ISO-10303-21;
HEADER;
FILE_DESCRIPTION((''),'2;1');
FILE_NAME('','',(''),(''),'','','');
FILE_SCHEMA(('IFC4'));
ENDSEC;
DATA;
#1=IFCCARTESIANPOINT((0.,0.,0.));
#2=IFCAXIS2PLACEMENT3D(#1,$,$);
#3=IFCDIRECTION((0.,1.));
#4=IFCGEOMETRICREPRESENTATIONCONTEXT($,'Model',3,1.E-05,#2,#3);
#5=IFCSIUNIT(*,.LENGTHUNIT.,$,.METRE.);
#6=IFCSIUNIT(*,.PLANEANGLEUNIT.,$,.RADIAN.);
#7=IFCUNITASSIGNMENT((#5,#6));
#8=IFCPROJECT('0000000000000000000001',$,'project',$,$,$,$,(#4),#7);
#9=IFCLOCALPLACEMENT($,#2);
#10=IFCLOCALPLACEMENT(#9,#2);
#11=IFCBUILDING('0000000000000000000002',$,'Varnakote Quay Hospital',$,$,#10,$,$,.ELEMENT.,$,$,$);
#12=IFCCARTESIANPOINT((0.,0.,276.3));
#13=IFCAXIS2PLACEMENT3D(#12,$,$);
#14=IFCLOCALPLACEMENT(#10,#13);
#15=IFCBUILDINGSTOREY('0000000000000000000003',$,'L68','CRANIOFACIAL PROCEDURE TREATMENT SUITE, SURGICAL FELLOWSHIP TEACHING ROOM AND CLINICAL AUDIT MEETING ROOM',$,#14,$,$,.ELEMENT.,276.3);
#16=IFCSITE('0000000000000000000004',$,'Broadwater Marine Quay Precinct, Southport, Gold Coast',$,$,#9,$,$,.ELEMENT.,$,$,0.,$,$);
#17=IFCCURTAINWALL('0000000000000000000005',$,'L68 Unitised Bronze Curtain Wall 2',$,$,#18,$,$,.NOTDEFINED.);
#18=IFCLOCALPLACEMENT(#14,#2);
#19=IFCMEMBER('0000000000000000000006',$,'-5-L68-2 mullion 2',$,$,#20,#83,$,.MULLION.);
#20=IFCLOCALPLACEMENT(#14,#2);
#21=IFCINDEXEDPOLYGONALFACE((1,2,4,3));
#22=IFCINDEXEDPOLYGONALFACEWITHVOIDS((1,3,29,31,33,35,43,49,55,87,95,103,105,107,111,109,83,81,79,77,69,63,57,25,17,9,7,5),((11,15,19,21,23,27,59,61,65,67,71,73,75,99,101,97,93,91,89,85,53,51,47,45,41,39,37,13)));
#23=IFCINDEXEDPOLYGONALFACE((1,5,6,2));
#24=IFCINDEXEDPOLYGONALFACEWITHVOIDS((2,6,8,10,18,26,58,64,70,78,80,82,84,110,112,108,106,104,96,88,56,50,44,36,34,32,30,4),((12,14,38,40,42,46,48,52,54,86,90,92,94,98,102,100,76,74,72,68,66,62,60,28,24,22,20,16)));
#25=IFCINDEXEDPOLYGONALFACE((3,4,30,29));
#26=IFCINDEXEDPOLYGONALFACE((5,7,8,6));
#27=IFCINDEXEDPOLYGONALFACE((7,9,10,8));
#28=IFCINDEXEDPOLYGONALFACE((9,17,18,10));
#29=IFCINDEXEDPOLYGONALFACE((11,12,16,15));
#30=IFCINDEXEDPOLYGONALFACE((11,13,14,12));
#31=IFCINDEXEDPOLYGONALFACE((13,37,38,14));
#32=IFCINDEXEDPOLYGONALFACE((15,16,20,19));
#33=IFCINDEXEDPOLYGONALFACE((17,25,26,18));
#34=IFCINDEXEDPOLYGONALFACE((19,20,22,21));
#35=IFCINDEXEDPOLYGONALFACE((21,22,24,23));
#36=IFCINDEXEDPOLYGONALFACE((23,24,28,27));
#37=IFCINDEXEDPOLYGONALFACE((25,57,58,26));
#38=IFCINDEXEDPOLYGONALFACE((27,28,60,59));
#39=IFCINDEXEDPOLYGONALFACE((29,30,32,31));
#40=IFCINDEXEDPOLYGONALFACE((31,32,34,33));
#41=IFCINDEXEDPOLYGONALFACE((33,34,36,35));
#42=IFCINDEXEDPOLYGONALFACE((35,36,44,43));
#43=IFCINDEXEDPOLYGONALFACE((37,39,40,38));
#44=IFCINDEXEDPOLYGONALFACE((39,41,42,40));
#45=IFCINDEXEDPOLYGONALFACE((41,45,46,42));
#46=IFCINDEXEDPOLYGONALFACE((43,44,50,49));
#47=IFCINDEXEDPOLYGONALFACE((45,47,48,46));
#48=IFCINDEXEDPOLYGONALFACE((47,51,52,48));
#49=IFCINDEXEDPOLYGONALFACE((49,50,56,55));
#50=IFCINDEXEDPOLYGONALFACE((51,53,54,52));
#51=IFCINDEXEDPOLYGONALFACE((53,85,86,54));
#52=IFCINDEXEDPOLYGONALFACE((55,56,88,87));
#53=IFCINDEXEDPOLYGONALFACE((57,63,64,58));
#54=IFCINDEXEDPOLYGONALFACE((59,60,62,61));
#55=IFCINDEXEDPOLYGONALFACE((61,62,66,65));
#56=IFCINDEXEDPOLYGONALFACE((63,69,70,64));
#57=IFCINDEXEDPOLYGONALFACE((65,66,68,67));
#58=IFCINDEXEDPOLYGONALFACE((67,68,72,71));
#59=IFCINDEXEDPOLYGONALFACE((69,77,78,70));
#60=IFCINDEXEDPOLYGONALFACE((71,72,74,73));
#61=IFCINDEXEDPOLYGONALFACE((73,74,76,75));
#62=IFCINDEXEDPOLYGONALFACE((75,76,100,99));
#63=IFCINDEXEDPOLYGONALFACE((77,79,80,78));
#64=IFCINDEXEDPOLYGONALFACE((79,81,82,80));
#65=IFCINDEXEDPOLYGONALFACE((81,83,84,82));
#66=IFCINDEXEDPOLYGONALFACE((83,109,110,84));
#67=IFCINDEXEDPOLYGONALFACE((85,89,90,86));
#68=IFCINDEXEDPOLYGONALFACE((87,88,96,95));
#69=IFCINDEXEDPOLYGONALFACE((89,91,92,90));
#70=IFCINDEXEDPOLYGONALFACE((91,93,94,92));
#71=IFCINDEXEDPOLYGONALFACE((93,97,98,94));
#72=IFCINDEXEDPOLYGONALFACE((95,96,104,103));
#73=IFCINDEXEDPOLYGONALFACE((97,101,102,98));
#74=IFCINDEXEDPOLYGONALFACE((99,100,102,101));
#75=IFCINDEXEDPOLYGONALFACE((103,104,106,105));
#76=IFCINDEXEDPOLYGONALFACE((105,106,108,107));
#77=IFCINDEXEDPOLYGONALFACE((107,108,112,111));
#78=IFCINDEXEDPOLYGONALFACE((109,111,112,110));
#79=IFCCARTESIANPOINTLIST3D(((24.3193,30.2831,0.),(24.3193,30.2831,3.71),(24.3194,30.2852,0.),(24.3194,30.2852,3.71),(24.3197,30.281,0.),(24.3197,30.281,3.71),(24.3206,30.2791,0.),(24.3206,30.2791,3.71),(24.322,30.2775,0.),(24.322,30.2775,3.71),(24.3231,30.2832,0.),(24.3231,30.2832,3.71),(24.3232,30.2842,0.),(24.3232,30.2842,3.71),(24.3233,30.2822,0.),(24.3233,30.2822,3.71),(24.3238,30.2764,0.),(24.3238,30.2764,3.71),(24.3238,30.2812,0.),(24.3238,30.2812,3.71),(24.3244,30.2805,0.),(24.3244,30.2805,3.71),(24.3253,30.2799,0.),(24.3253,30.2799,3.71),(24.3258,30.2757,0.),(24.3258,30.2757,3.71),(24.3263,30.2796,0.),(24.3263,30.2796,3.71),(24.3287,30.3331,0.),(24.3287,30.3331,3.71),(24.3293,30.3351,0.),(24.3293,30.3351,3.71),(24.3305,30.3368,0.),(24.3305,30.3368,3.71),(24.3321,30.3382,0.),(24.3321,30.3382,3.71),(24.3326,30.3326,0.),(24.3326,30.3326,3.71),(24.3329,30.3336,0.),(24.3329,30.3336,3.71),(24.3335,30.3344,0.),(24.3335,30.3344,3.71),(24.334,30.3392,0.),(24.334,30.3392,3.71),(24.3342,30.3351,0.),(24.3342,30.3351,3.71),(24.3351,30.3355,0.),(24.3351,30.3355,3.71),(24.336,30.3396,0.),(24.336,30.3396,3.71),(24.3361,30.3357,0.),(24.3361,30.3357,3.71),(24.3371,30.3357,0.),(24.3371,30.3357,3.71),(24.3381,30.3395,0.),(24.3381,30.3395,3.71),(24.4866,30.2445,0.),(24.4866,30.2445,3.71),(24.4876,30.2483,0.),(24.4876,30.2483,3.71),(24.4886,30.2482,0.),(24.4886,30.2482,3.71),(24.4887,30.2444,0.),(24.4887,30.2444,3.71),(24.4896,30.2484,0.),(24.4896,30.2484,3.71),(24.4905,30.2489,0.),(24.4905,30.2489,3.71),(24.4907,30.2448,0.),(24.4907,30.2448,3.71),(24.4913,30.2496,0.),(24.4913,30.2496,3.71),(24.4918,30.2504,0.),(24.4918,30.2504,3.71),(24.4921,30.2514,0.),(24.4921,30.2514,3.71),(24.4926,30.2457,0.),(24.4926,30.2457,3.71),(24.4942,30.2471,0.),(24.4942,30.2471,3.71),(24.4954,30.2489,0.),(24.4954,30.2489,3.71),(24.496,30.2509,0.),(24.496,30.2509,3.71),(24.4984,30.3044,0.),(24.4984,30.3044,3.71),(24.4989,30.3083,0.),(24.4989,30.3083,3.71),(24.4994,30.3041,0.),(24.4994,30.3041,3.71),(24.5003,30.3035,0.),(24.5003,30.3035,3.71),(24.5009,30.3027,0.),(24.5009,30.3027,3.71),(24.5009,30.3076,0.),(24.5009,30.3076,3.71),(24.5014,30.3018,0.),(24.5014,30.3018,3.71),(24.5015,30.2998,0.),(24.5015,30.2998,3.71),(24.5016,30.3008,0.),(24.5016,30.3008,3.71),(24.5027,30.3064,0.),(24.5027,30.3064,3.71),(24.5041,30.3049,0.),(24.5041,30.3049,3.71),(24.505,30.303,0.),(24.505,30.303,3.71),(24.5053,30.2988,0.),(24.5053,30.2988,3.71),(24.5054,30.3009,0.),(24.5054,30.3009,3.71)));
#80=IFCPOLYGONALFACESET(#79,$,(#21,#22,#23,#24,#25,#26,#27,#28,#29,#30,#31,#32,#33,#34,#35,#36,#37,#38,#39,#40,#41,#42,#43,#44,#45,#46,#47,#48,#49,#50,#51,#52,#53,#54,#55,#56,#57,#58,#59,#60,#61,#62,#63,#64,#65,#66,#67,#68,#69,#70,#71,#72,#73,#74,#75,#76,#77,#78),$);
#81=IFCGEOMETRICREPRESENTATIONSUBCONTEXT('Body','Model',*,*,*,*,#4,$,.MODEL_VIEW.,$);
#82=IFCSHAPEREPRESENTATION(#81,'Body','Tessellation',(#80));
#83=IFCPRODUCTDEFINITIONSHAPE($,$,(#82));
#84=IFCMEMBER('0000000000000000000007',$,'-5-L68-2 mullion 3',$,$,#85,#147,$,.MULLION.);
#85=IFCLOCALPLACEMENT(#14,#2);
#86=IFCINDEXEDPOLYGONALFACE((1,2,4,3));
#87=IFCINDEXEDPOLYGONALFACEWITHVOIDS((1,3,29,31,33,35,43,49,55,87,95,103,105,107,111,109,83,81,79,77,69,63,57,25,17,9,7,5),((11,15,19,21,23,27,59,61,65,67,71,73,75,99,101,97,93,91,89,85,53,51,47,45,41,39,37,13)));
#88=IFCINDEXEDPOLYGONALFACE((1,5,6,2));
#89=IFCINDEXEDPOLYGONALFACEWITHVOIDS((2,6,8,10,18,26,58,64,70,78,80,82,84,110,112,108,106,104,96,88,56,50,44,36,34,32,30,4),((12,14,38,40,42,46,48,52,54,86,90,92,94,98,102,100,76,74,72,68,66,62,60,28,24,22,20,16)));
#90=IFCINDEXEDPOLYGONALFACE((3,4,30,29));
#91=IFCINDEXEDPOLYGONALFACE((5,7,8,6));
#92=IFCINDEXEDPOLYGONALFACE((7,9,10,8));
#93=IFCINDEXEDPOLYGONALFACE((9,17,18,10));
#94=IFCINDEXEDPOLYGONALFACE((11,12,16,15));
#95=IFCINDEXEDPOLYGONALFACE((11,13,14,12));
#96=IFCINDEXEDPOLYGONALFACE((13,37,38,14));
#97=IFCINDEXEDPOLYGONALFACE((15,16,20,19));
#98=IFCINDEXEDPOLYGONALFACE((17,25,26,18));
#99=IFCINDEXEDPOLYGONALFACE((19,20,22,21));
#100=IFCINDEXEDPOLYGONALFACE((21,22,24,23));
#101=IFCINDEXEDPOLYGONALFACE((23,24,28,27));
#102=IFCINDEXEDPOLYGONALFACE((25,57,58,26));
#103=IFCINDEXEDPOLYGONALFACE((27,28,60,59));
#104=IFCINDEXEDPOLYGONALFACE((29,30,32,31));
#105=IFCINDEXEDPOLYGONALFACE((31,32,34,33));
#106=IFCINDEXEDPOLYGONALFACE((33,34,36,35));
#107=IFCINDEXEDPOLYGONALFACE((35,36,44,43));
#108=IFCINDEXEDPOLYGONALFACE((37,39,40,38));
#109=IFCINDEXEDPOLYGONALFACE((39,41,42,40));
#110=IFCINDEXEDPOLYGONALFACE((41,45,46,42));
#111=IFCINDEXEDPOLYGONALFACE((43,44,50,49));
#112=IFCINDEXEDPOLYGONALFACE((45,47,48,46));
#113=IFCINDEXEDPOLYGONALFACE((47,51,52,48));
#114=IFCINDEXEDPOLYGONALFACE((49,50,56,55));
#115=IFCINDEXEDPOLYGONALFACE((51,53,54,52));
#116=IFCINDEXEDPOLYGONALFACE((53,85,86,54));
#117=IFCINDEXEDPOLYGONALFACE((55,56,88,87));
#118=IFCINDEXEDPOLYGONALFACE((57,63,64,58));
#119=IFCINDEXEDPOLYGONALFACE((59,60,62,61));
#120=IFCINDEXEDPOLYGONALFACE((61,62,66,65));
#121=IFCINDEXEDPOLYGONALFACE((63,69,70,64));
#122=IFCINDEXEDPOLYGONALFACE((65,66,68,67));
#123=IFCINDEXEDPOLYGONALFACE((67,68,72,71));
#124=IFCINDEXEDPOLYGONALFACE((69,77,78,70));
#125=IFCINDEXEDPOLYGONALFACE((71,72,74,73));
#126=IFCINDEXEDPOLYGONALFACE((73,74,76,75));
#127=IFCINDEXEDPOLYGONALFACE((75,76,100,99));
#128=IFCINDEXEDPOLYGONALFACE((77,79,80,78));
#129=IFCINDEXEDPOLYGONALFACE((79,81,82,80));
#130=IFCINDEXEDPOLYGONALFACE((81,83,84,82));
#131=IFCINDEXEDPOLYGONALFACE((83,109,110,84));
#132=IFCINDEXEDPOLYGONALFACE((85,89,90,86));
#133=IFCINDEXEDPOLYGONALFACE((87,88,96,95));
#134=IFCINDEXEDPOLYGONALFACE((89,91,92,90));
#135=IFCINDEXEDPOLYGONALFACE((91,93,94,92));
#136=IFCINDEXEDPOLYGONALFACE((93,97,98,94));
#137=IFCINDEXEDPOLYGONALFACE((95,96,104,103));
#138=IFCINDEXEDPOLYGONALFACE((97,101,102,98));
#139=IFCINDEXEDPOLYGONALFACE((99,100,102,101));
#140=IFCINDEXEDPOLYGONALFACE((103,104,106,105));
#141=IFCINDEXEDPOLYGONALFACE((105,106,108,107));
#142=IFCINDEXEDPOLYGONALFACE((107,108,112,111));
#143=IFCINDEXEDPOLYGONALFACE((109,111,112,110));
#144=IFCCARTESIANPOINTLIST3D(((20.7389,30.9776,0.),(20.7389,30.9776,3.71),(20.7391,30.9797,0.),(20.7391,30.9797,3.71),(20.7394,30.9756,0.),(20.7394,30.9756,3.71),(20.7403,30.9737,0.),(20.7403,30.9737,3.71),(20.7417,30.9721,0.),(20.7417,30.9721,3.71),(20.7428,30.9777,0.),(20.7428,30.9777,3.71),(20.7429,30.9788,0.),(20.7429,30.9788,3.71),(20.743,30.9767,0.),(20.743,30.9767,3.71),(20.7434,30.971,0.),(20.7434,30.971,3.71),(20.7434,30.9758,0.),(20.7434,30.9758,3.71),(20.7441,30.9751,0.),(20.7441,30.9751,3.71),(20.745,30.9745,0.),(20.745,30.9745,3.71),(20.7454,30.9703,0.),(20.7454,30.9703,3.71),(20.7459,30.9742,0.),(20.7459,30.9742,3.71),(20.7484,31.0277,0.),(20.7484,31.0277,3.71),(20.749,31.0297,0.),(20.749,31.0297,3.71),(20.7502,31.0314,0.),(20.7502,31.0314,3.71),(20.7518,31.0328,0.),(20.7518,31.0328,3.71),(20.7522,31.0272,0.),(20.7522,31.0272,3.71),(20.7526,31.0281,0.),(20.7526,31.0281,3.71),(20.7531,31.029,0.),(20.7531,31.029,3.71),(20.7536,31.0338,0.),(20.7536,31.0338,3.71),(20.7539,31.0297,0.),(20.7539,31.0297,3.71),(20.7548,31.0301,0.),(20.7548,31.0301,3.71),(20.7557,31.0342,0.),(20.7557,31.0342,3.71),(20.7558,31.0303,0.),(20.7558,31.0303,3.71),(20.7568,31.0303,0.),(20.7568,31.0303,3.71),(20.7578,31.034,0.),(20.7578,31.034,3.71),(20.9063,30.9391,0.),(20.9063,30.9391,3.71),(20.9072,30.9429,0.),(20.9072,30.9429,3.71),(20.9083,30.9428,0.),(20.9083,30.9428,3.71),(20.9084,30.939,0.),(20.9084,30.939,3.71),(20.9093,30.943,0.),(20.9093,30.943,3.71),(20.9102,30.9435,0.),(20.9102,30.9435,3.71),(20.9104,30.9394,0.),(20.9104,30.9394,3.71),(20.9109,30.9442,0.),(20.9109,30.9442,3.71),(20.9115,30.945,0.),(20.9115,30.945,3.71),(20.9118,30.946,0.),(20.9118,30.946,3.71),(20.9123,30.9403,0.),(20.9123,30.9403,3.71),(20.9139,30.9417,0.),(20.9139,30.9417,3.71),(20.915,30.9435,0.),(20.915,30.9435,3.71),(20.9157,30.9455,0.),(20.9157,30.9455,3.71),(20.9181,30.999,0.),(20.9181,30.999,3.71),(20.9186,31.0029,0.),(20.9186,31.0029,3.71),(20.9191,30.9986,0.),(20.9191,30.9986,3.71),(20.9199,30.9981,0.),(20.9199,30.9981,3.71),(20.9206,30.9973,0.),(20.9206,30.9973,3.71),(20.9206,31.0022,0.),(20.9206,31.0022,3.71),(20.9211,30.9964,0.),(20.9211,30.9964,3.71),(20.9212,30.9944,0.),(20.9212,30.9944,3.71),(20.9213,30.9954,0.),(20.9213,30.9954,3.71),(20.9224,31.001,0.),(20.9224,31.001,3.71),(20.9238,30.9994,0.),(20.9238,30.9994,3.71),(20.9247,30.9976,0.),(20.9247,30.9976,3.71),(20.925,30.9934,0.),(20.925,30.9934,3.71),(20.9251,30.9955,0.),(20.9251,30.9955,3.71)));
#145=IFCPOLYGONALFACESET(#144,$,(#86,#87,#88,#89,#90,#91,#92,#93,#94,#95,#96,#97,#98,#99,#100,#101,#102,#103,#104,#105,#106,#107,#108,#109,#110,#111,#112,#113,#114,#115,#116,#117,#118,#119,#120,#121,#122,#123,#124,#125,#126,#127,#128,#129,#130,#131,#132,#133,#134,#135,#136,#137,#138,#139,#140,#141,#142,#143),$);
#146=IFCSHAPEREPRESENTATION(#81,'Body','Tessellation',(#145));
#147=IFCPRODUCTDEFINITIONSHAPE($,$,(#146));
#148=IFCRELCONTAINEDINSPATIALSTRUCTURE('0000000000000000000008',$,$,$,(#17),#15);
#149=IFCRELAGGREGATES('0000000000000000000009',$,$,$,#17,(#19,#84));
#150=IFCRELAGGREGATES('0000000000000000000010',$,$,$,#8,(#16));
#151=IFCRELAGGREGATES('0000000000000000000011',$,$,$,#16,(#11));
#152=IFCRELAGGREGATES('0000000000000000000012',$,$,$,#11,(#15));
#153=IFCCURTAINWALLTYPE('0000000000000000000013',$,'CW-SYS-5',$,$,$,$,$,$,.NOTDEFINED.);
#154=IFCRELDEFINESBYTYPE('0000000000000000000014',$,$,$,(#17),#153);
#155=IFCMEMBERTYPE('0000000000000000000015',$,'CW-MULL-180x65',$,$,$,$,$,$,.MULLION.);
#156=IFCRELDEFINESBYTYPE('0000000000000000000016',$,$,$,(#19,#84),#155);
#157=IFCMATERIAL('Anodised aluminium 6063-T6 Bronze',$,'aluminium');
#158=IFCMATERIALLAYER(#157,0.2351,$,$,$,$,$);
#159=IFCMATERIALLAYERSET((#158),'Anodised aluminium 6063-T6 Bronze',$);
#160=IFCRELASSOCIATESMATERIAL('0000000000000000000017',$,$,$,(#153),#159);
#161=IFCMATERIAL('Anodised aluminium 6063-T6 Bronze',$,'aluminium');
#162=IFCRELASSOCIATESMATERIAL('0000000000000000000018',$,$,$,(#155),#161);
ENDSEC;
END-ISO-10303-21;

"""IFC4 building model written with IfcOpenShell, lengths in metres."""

from ifc_helpers import new_model, si_unit, direction, frame, origin, origin_2d, place, context, subcontext, project, spatial, hollow_rectangle, extrude, material, layer, layer_set, material_profile, profile_set, type_object, element, aggregate, save


model = new_model("IFC4")

# Units and contexts
model_context = context("Model", 3, precision=1e-05, world=origin(), true_north=direction((0.0, 1.0)))
body_context = subcontext(model_context, "Body", "Model", "MODEL_VIEW")
ifc_project = project(units=[si_unit("LENGTHUNIT", "METRE"), si_unit("PLANEANGLEUNIT", "RADIAN")], contexts=[model_context])

# Site, building, storey
site_placement = place(None, origin())
site = spatial("IfcSite", under=ifc_project, at=site_placement, Name="Broadwater Marine Quay Precinct, Southport, Gold Coast", CompositionType="ELEMENT", RefElevation=0.0)
building_placement = place(site_placement, origin())
building = spatial("IfcBuilding", under=site, at=building_placement, Name="Varnakote Quay Hospital", CompositionType="ELEMENT")
storey_placement = place(building_placement, frame((0.0, 0.0, 276.3)))
storey = spatial("IfcBuildingStorey", under=building, at=storey_placement, Name="L68", Description="CRANIOFACIAL PROCEDURE TREATMENT SUITE, SURGICAL FELLOWSHIP TEACHING ROOM AND CLINICAL AUDIT MEETING ROOM", CompositionType="ELEMENT", Elevation=276.3)

# Shared definitions
ifc_material_1 = material(Name="Anodised aluminium 6063-T6 Bronze", Category="aluminium")
ifc_layer_1 = layer(ifc_material_1, 0.2351)
ifc_layer_set_1 = layer_set([ifc_layer_1], Name="Anodised aluminium 6063-T6 Bronze")
curtain_wall_type = type_object("IfcCurtainWallType", Name="CW-SYS-5", PredefinedType="NOTDEFINED", material=ifc_layer_set_1)
ifc_material_2 = material(Name="Anodised aluminium 6063-T6 Bronze", Category="aluminium")
ifc_material_profile_1 = material_profile(ifc_material_2, hollow_rectangle(XDim=0.0649, YDim=0.1799, WallThickness=0.0039, InnerFilletRadius=0.0039, OuterFilletRadius=0.0081, at=origin_2d()), Name="CW-MULL-180x65")
ifc_profile_set_1 = profile_set([ifc_material_profile_1], Name="Anodised aluminium 6063-T6 Bronze")
member_type_1 = type_object("IfcMemberType", Name="CW-MULL-180x65", PredefinedType="MULLION", material=ifc_profile_set_1)

# Curtain wall, members
curtain_wall_1_placement = place(storey_placement, origin())
curtain_wall_1 = element("IfcCurtainWall", 1, at=curtain_wall_1_placement, inside=storey, type_object=curtain_wall_type, Name="L68 Unitised Bronze Curtain Wall 2", PredefinedType="NOTDEFINED")
member_1_placement = place(storey_placement, frame((24.4124, 30.292, 0.0), z_axis=(0.0, 0.0, 1.0), x_axis=(-0.190434, -0.9817, 0.0)))
member_1 = element("IfcMember", 2, at=member_1_placement, type_object=member_type_1, Name="-5-L68-2 mullion 2", PredefinedType="MULLION", context=body_context, shape_type="SweptSolid", body=[
    extrude(hollow_rectangle(XDim=0.0649, YDim=0.1799, WallThickness=0.0039, InnerFilletRadius=0.0039, OuterFilletRadius=0.0081, at=origin_2d()), origin(), (0.0, 0.0, 1.0), 3.71),
])
member_2_placement = place(storey_placement, frame((20.832, 30.9866, 0.0), z_axis=(0.0, 0.0, 1.0), x_axis=(-0.190434, -0.9817, 0.0)))
member_2 = element("IfcMember", 3, at=member_2_placement, type_object=member_type_1, Name="-5-L68-2 mullion 3", PredefinedType="MULLION", context=body_context, shape_type="SweptSolid", body=[
    extrude(hollow_rectangle(XDim=0.0649, YDim=0.1799, WallThickness=0.0039, InnerFilletRadius=0.0039, OuterFilletRadius=0.0081, at=origin_2d()), origin(), (0.0, 0.0, 1.0), 3.71),
])

aggregate(curtain_wall_1, [member_1, member_2])

save(model, "model.ifc")
